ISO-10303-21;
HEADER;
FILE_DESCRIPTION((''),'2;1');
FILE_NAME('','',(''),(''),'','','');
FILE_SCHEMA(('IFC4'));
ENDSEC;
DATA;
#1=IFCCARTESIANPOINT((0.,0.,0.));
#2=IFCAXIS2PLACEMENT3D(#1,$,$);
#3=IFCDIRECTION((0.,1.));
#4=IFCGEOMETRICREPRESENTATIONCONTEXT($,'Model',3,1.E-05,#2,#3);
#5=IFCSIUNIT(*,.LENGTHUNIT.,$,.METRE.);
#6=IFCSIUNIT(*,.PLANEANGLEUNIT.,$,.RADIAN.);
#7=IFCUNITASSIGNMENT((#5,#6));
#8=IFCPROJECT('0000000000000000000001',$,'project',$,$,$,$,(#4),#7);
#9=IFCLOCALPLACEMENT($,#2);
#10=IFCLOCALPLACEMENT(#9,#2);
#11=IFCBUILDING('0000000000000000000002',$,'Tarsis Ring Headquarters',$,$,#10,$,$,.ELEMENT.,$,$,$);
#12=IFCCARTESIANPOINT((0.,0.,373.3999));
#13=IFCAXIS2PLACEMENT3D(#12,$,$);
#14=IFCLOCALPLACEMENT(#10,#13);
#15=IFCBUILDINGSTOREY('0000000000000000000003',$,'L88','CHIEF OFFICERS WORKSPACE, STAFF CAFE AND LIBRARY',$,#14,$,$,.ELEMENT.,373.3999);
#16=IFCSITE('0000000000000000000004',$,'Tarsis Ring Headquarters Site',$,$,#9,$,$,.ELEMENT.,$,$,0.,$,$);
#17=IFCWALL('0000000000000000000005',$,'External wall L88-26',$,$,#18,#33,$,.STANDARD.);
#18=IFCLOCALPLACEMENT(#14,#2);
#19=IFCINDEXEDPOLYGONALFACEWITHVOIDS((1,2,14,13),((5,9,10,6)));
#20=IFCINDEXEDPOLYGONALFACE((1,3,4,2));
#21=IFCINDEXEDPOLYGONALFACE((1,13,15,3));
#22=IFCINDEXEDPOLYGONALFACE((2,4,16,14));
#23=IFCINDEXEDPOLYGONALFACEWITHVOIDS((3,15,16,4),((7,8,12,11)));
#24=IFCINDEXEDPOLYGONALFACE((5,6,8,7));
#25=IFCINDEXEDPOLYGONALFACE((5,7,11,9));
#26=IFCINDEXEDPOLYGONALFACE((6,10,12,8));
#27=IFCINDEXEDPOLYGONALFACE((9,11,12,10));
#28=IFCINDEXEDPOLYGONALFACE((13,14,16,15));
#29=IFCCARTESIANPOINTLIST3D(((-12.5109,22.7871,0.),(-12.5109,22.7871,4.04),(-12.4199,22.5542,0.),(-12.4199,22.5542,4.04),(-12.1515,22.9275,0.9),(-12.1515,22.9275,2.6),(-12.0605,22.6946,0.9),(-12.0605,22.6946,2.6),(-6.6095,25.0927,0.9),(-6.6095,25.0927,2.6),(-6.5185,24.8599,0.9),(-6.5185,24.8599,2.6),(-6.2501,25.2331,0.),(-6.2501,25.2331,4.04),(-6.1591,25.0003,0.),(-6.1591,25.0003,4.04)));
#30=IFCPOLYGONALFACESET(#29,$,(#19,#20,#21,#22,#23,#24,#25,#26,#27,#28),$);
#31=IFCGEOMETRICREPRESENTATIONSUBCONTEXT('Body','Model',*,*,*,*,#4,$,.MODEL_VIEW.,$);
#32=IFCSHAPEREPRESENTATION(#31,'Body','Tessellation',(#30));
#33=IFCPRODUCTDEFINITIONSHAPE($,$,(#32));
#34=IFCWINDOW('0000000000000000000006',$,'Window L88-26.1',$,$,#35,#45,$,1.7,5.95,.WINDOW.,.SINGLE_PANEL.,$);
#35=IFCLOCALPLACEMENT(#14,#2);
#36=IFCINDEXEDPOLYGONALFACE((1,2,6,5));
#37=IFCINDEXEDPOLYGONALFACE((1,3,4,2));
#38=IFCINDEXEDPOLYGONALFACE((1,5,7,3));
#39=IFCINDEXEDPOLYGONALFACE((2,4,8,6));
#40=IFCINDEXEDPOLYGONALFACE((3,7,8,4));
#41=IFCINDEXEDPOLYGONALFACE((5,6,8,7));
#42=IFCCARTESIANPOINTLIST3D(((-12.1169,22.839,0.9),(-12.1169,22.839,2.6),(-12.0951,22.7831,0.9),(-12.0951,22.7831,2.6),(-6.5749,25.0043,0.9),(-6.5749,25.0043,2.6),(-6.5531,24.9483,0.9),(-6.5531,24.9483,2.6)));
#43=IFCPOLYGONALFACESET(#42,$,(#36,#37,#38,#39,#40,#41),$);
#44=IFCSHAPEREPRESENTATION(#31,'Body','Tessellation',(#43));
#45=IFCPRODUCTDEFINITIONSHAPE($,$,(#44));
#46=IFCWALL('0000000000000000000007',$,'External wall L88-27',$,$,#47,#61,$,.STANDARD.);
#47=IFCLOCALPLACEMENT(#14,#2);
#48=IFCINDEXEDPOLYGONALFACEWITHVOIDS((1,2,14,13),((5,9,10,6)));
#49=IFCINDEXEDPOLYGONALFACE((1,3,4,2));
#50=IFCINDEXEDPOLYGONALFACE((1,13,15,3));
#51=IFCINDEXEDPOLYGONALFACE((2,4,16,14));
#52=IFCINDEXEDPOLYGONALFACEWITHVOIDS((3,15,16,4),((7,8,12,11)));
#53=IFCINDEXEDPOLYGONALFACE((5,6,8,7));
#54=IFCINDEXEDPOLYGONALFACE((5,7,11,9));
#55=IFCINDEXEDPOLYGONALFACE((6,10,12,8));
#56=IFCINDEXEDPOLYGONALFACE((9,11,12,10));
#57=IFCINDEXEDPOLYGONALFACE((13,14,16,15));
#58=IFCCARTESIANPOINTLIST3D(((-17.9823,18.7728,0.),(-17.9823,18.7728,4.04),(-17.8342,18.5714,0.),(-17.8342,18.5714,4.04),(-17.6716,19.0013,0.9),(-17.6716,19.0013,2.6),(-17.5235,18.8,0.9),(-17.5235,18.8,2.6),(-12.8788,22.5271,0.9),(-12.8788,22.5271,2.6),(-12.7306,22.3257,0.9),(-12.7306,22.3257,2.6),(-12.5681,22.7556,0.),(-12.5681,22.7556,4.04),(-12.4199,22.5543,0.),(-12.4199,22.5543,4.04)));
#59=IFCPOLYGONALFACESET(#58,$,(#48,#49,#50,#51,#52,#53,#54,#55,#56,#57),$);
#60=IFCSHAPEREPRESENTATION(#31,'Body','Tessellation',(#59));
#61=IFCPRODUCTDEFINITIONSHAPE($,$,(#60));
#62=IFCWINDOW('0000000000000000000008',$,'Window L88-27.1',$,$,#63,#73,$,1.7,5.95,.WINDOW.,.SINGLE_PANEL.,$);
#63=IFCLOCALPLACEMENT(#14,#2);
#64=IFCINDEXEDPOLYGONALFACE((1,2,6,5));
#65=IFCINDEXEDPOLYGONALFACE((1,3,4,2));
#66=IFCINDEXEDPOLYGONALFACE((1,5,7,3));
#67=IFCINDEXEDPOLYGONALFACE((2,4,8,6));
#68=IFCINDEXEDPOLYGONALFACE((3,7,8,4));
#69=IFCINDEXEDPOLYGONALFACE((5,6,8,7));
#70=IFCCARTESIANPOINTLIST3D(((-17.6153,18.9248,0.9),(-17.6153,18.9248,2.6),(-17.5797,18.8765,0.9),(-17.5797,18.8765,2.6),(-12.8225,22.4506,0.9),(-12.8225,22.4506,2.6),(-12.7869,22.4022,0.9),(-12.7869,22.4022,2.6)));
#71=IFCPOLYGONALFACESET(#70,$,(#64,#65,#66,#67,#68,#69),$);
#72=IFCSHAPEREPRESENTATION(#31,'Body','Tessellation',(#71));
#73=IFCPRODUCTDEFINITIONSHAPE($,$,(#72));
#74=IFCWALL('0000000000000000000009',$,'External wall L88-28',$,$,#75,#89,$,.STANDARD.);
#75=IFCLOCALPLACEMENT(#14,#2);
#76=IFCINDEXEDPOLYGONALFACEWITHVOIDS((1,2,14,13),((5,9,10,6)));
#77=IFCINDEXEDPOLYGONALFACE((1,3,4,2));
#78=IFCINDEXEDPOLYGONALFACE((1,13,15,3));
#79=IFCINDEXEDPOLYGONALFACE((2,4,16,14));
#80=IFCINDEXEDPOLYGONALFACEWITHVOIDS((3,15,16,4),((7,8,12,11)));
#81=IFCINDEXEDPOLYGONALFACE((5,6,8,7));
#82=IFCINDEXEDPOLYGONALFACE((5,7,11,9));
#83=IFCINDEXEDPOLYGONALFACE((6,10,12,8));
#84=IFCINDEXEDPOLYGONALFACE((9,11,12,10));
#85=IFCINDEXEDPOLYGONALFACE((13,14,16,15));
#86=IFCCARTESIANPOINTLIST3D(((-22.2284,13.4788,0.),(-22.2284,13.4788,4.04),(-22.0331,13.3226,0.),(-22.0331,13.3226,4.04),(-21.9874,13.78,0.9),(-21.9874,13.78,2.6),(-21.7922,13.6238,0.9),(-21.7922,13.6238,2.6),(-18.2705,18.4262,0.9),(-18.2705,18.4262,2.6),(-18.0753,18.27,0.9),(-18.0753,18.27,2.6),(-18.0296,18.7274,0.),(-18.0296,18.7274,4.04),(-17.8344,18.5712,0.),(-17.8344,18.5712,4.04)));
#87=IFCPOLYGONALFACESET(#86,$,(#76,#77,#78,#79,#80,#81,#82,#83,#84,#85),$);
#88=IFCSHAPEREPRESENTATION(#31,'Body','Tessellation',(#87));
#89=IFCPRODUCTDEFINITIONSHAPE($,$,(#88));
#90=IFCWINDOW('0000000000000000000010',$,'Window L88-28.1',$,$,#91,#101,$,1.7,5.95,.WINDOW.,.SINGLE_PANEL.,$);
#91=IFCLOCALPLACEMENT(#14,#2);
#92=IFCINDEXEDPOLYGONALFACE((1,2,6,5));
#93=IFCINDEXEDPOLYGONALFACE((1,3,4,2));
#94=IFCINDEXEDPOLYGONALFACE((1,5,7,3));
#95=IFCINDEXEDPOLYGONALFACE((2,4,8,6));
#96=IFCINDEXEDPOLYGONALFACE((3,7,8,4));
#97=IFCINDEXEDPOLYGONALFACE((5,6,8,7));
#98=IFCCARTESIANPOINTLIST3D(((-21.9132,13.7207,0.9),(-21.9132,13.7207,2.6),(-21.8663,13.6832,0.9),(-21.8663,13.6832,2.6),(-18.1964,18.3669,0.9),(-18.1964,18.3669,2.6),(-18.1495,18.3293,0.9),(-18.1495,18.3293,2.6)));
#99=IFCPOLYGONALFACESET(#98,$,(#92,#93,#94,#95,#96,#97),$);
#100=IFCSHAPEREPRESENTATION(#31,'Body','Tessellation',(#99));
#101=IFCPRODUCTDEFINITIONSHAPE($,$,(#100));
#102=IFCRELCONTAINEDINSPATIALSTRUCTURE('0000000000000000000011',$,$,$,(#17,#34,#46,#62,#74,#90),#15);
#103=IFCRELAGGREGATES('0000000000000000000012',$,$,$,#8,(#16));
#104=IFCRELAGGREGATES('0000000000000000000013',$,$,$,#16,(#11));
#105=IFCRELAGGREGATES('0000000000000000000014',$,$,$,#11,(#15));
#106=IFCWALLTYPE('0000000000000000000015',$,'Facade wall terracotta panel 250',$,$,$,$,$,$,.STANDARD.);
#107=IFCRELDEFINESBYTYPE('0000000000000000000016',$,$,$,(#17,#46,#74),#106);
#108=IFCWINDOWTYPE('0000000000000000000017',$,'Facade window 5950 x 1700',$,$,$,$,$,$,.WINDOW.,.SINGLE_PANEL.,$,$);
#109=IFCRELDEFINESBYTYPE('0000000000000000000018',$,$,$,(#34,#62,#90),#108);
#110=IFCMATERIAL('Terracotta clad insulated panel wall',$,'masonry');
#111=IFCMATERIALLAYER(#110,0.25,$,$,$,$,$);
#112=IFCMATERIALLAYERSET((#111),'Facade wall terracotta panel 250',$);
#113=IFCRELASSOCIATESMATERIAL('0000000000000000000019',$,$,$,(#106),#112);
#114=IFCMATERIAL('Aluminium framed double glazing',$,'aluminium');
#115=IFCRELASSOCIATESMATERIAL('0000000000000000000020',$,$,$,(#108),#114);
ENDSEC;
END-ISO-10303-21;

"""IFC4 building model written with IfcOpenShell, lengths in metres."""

from ifc_helpers import new_model, si_unit, direction, frame, frame_2d, origin, place, context, subcontext, project, spatial, rectangle, extrude, material, layer, layer_set, type_object, element, fill, save


model = new_model("IFC4")

# Units and contexts
model_context = context("Model", 3, precision=1e-05, world=origin(), true_north=direction((0.0, 1.0)))
body_context = subcontext(model_context, "Body", "Model", "MODEL_VIEW")
ifc_project = project(units=[si_unit("LENGTHUNIT", "METRE"), si_unit("PLANEANGLEUNIT", "RADIAN")], contexts=[model_context])

# Site, building, storey
site_placement = place(None, origin())
site = spatial("IfcSite", under=ifc_project, at=site_placement, Name="Tarsis Ring Headquarters Site", CompositionType="ELEMENT", RefElevation=0.0)
building_placement = place(site_placement, origin())
building = spatial("IfcBuilding", under=site, at=building_placement, Name="Tarsis Ring Headquarters", CompositionType="ELEMENT")
storey_placement = place(building_placement, frame((0.0, 0.0, 373.3999)))
storey = spatial("IfcBuildingStorey", under=building, at=storey_placement, Name="L88", Description="CHIEF OFFICERS WORKSPACE, STAFF CAFE AND LIBRARY", CompositionType="ELEMENT", Elevation=373.3999)

# Walls, openings, windows
ifc_material_1 = material(Name="Terracotta clad insulated panel wall", Category="masonry")
ifc_layer_1 = layer(ifc_material_1, 0.25)
ifc_layer_set_1 = layer_set([ifc_layer_1], Name="Facade wall terracotta panel 250")
wall_type_1 = type_object("IfcWallType", Name="Facade wall terracotta panel 250", PredefinedType="STANDARD", material=ifc_layer_set_1)
wall_1_placement = place(storey_placement, frame((-6.2046, 25.1167, 0.0), z_axis=(0.0, 0.0, 1.0), x_axis=(-0.931435, -0.363908, 0.0)))
wall_1 = element("IfcWall", 1, at=wall_1_placement, inside=storey, type_object=wall_type_1, Name="External wall L88-26", PredefinedType="STANDARD", context=body_context, shape_type="SweptSolid", body=[
    extrude(rectangle(XDim=6.7217, YDim=0.25, at=frame_2d((3.3608, 0.0))), origin(), (0.0, 0.0, 1.0), 4.04),
])
opening_1_placement = place(wall_1_placement, frame((0.3857, 0.0, 0.8999)))
opening_1 = element("IfcOpeningElement", 2, at=opening_1_placement, cuts=wall_1, PredefinedType="OPENING", context=body_context, shape_type="SweptSolid", body=[
    extrude(rectangle(XDim=5.95, YDim=1.7, at=frame_2d((2.9751, 0.8501))), frame((0.0, 0.135, 0.0), z_axis=(0.0, -1.0, 0.0), x_axis=(1.0, 0.0, 0.0)), (0.0, 0.0, 1.0), 0.27),
])
ifc_material_2 = material(Name="Aluminium framed double glazing", Category="aluminium")
window_type = type_object("IfcWindowType", Name="Facade window 5950 x 1700", PartitioningType="SINGLE_PANEL", PredefinedType="WINDOW", material=ifc_material_2)
window_1_placement = place(opening_1_placement, origin())
window_1 = element("IfcWindow", 3, at=window_1_placement, inside=storey, type_object=window_type, Name="Window L88-26.1", OverallHeight=1.7, OverallWidth=5.95, PartitioningType="SINGLE_PANEL", PredefinedType="WINDOW", context=body_context, shape_type="SweptSolid", body=[
    extrude(rectangle(XDim=5.95, YDim=1.7, at=frame_2d((2.9751, 0.8501))), frame((0.0, 0.03, 0.0), z_axis=(0.0, -1.0, 0.0), x_axis=(1.0, 0.0, 0.0)), (0.0, 0.0, 1.0), 0.0601),
])
fill(opening_1, window_1)
wall_2_placement = place(storey_placement, frame((-12.4939, 22.655, 0.0), z_axis=(0.0, 0.0, 1.0), x_axis=(-0.805523, -0.592564, 0.0)))
wall_2 = element("IfcWall", 4, at=wall_2_placement, inside=storey, type_object=wall_type_1, Name="External wall L88-27", PredefinedType="STANDARD", context=body_context, shape_type="SweptSolid", body=[
    extrude(rectangle(XDim=6.7214, YDim=0.25, at=frame_2d((3.3608, 0.0))), origin(), (0.0, 0.0, 1.0), 4.04),
])
opening_2_placement = place(wall_2_placement, frame((0.3857, 0.0, 0.8999)))
opening_2 = element("IfcOpeningElement", 5, at=opening_2_placement, cuts=wall_2, PredefinedType="OPENING", context=body_context, shape_type="SweptSolid", body=[
    extrude(rectangle(XDim=5.95, YDim=1.7, at=frame_2d((2.9751, 0.8501))), frame((0.0, 0.135, 0.0), z_axis=(0.0, -1.0, 0.0), x_axis=(1.0, 0.0, 0.0)), (0.0, 0.0, 1.0), 0.27),
])
window_2_placement = place(opening_2_placement, origin())
window_2 = element("IfcWindow", 6, at=window_2_placement, inside=storey, type_object=window_type, Name="Window L88-27.1", OverallHeight=1.7, OverallWidth=5.95, PartitioningType="SINGLE_PANEL", PredefinedType="WINDOW", context=body_context, shape_type="SweptSolid", body=[
    extrude(rectangle(XDim=5.95, YDim=1.7, at=frame_2d((2.9751, 0.8501))), frame((0.0, 0.03, 0.0), z_axis=(0.0, -1.0, 0.0), x_axis=(1.0, 0.0, 0.0)), (0.0, 0.0, 1.0), 0.0601),
])
fill(opening_2, window_2)
wall_3_placement = place(storey_placement, frame((-17.9319, 18.6494, 0.0), z_axis=(0.0, 0.0, 1.0), x_axis=(-0.624686, -0.780876, 0.0)))
wall_3 = element("IfcWall", 7, at=wall_3_placement, inside=storey, type_object=wall_type_1, Name="External wall L88-28", PredefinedType="STANDARD", context=body_context, shape_type="SweptSolid", body=[
    extrude(rectangle(XDim=6.7214, YDim=0.25, at=frame_2d((3.3608, 0.0))), origin(), (0.0, 0.0, 1.0), 4.04),
])
opening_3_placement = place(wall_3_placement, frame((0.3857, 0.0, 0.8999)))
opening_3 = element("IfcOpeningElement", 8, at=opening_3_placement, cuts=wall_3, PredefinedType="OPENING", context=body_context, shape_type="SweptSolid", body=[
    extrude(rectangle(XDim=5.95, YDim=1.7, at=frame_2d((2.9751, 0.8501))), frame((0.0, 0.135, 0.0), z_axis=(0.0, -1.0, 0.0), x_axis=(1.0, 0.0, 0.0)), (0.0, 0.0, 1.0), 0.27),
])
window_3_placement = place(opening_3_placement, origin())
window_3 = element("IfcWindow", 9, at=window_3_placement, inside=storey, type_object=window_type, Name="Window L88-28.1", OverallHeight=1.7, OverallWidth=5.95, PartitioningType="SINGLE_PANEL", PredefinedType="WINDOW", context=body_context, shape_type="SweptSolid", body=[
    extrude(rectangle(XDim=5.95, YDim=1.7, at=frame_2d((2.9751, 0.8501))), frame((0.0, 0.03, 0.0), z_axis=(0.0, -1.0, 0.0), x_axis=(1.0, 0.0, 0.0)), (0.0, 0.0, 1.0), 0.0601),
])
fill(opening_3, window_3)

save(model, "model.ifc")
